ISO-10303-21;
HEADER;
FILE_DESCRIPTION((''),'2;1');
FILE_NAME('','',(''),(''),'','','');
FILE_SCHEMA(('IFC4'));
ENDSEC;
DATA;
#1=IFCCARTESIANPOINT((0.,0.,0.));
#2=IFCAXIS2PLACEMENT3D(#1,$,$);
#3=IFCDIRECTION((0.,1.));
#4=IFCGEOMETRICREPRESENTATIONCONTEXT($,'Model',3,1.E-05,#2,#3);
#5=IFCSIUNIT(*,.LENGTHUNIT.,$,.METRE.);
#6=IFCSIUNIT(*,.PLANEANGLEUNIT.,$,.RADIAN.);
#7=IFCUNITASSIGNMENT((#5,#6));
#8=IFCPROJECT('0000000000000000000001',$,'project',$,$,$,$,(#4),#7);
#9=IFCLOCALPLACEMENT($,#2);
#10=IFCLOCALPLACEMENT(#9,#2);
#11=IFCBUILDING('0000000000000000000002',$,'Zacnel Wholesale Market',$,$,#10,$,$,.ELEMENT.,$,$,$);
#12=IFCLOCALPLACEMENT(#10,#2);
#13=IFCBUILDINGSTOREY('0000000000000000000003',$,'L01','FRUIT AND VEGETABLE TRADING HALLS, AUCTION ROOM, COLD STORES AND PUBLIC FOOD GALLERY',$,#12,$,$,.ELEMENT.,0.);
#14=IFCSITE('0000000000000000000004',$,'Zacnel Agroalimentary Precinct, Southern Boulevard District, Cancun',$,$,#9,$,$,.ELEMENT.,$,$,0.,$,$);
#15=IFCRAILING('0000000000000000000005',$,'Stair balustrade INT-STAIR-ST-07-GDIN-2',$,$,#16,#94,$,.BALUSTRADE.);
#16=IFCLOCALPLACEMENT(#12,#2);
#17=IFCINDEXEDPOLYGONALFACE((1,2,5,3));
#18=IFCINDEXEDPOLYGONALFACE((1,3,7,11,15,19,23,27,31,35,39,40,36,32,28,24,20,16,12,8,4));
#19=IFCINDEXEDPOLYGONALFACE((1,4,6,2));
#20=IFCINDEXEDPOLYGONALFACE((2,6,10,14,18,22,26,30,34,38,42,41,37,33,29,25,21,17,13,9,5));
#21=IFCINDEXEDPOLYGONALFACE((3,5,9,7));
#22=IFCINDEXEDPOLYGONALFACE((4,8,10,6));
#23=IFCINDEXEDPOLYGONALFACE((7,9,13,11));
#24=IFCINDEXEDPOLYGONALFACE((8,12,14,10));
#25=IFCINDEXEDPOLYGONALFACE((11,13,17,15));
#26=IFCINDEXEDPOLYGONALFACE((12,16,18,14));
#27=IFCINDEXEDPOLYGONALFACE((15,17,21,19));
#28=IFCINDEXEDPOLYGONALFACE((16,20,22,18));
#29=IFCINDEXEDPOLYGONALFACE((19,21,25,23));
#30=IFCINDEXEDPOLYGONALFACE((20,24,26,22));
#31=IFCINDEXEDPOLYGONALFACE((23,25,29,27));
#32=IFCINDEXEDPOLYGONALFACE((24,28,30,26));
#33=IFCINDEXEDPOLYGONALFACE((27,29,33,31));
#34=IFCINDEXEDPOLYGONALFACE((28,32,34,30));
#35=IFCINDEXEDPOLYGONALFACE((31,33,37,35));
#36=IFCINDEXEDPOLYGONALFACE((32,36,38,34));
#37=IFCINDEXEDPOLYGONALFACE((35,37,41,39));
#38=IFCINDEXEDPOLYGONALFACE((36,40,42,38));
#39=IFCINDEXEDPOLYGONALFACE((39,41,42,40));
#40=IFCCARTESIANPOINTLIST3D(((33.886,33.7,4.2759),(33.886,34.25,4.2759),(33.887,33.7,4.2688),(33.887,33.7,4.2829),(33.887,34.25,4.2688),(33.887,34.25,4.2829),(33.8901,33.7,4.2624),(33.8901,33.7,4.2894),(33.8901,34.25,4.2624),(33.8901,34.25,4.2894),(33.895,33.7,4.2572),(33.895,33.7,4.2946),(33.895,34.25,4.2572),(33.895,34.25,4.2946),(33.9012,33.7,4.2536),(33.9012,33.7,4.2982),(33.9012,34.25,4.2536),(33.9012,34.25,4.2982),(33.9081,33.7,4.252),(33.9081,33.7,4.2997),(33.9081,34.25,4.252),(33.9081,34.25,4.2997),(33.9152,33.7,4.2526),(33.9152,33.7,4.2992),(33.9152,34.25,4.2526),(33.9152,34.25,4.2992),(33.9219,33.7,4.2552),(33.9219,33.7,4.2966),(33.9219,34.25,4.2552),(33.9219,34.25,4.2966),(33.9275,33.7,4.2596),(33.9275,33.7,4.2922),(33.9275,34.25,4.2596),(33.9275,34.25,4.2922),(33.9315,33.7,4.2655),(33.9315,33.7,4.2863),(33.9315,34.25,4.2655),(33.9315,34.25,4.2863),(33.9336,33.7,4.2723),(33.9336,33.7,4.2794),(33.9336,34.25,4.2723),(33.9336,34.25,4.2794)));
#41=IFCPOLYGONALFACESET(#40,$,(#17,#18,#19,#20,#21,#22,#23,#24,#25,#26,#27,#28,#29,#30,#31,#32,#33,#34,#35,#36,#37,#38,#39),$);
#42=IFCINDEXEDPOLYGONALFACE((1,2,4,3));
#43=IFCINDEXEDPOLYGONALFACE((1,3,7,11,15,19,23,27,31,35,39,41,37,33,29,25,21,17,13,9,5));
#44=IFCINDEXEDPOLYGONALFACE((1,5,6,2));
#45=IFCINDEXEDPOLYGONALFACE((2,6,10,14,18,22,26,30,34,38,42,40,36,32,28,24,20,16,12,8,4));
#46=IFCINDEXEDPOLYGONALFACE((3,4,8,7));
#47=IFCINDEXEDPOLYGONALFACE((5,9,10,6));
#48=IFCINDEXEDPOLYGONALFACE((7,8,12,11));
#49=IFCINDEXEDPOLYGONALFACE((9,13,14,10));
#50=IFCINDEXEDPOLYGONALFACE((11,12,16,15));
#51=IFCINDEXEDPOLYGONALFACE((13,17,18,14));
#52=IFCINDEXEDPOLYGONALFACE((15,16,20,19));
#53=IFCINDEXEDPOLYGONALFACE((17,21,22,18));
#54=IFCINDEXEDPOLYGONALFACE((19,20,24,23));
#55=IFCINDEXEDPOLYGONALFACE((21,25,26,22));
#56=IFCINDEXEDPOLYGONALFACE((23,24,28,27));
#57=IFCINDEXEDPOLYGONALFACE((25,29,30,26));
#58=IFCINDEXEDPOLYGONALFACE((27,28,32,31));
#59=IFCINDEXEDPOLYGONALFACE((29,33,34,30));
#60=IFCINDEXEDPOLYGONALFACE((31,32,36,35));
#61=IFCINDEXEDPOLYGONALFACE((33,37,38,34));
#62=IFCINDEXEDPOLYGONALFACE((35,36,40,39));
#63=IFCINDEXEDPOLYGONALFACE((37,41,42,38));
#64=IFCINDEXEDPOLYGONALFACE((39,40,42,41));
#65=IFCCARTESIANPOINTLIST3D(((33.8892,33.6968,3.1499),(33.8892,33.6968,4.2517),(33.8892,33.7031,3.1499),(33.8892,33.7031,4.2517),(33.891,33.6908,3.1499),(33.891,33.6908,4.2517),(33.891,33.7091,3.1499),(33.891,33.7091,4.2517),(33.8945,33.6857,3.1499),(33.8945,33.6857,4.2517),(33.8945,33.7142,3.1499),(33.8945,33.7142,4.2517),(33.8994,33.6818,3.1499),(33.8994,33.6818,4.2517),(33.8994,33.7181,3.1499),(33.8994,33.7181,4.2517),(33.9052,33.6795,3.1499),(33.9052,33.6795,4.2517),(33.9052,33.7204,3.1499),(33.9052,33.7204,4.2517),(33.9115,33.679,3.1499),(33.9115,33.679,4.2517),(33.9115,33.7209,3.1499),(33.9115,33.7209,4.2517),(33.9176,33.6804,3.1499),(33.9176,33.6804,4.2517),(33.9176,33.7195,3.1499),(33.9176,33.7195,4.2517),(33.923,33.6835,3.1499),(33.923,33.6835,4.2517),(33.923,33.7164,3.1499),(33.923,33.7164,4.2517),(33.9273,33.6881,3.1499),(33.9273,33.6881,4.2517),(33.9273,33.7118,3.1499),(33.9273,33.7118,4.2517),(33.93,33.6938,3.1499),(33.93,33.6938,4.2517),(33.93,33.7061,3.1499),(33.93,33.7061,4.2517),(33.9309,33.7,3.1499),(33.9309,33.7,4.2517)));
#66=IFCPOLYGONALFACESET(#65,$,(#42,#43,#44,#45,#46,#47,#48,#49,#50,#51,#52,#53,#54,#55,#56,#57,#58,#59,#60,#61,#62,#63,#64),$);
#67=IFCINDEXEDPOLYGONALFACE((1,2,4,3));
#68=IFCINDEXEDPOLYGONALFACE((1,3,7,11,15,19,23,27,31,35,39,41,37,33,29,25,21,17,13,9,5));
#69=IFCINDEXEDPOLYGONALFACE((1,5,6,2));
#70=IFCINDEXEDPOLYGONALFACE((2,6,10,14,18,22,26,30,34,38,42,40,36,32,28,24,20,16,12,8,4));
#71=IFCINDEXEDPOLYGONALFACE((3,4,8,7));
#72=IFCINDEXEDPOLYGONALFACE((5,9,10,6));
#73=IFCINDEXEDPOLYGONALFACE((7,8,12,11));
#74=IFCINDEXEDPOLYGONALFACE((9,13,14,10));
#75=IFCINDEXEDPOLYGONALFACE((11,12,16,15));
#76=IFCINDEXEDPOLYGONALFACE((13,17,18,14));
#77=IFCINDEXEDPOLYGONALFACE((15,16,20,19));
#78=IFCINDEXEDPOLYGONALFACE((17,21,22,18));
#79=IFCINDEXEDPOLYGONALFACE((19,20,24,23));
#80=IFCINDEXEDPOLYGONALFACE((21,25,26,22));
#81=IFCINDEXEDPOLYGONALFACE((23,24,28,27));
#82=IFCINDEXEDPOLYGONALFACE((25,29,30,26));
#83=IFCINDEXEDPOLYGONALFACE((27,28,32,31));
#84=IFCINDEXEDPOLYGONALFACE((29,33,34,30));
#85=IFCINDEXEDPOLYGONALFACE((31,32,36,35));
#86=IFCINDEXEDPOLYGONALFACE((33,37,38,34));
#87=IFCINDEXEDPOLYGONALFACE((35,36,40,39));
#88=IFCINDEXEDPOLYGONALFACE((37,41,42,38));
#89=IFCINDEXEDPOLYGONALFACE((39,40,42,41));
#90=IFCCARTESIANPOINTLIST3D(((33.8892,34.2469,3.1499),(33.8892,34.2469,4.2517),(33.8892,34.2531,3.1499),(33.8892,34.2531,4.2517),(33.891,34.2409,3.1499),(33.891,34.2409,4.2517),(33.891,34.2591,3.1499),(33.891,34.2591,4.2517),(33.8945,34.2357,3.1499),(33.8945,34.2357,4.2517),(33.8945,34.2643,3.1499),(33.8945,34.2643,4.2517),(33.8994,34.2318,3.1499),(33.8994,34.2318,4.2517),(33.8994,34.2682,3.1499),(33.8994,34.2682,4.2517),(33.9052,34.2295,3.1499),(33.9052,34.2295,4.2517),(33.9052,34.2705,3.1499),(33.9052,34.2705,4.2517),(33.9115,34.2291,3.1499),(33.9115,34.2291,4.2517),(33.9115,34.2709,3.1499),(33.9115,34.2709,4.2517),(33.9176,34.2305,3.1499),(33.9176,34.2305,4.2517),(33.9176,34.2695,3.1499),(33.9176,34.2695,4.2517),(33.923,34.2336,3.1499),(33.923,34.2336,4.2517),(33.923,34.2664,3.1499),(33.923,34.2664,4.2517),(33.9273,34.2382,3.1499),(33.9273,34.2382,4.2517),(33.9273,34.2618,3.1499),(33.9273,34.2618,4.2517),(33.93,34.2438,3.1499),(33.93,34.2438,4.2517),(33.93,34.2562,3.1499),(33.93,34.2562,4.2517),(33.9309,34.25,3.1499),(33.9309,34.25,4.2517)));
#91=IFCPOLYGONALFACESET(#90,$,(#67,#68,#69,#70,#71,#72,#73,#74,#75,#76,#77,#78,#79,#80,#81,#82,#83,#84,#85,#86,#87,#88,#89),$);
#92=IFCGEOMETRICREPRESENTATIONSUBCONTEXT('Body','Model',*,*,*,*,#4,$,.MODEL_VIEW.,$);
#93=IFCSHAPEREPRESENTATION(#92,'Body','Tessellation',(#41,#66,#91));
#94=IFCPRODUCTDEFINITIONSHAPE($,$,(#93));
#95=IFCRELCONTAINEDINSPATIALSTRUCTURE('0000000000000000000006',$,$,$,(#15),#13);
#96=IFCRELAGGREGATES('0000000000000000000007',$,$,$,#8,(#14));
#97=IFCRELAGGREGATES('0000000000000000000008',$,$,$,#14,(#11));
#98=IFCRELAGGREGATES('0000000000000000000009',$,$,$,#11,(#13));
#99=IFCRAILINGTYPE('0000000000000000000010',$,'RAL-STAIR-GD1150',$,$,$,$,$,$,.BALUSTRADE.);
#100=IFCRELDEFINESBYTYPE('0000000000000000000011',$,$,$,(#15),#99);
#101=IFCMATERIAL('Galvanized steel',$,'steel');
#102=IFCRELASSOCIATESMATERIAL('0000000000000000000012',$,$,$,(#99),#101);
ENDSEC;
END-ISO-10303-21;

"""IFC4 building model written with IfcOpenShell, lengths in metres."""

from ifc_helpers import new_model, si_unit, direction, frame, origin, origin_2d, place, context, subcontext, project, spatial, circle, extrude, material, type_object, element, save


model = new_model("IFC4")

# Units and contexts
model_context = context("Model", 3, precision=1e-05, world=origin(), true_north=direction((0.0, 1.0)))
body_context = subcontext(model_context, "Body", "Model", "MODEL_VIEW")
ifc_project = project(units=[si_unit("LENGTHUNIT", "METRE"), si_unit("PLANEANGLEUNIT", "RADIAN")], contexts=[model_context])

# Site, building, storey
site_placement = place(None, origin())
site = spatial("IfcSite", under=ifc_project, at=site_placement, Name="Zacnel Agroalimentary Precinct, Southern Boulevard District, Cancun", CompositionType="ELEMENT", RefElevation=0.0)
building_placement = place(site_placement, origin())
building = spatial("IfcBuilding", under=site, at=building_placement, Name="Zacnel Wholesale Market", CompositionType="ELEMENT")
storey_placement = place(building_placement, origin())
storey = spatial("IfcBuildingStorey", under=building, at=storey_placement, Name="L01", Description="FRUIT AND VEGETABLE TRADING HALLS, AUCTION ROOM, COLD STORES AND PUBLIC FOOD GALLERY", CompositionType="ELEMENT", Elevation=0.0)

# Railing
ifc_material_1 = material(Name="Galvanized steel", Category="steel")
railing_type_1 = type_object("IfcRailingType", Name="RAL-STAIR-GD1150", PredefinedType="BALUSTRADE", material=ifc_material_1)
railing_1_placement = place(storey_placement, frame((33.9099, 33.7, 3.1499)))
element("IfcRailing", 1, at=railing_1_placement, inside=storey, type_object=railing_type_1, Name="Stair balustrade INT-STAIR-ST-07-GDIN-2", PredefinedType="BALUSTRADE", context=body_context, shape_type="SweptSolid", body=[
    extrude(circle(Radius=0.0239, at=origin_2d()), frame((0.0, 0.0, 1.126), z_axis=(0.0, 1.0, 0.0), x_axis=(-1.0, 0.0, 0.0)), (0.0, 0.0, 1.0), 0.55),
    extrude(circle(Radius=0.021, at=origin_2d()), origin(), (0.0, 0.0, 1.0), 1.1018),
    extrude(circle(Radius=0.021, at=origin_2d()), frame((0.0, 0.55, 0.0)), (0.0, 0.0, 1.0), 1.1018),
])

save(model, "model.ifc")
